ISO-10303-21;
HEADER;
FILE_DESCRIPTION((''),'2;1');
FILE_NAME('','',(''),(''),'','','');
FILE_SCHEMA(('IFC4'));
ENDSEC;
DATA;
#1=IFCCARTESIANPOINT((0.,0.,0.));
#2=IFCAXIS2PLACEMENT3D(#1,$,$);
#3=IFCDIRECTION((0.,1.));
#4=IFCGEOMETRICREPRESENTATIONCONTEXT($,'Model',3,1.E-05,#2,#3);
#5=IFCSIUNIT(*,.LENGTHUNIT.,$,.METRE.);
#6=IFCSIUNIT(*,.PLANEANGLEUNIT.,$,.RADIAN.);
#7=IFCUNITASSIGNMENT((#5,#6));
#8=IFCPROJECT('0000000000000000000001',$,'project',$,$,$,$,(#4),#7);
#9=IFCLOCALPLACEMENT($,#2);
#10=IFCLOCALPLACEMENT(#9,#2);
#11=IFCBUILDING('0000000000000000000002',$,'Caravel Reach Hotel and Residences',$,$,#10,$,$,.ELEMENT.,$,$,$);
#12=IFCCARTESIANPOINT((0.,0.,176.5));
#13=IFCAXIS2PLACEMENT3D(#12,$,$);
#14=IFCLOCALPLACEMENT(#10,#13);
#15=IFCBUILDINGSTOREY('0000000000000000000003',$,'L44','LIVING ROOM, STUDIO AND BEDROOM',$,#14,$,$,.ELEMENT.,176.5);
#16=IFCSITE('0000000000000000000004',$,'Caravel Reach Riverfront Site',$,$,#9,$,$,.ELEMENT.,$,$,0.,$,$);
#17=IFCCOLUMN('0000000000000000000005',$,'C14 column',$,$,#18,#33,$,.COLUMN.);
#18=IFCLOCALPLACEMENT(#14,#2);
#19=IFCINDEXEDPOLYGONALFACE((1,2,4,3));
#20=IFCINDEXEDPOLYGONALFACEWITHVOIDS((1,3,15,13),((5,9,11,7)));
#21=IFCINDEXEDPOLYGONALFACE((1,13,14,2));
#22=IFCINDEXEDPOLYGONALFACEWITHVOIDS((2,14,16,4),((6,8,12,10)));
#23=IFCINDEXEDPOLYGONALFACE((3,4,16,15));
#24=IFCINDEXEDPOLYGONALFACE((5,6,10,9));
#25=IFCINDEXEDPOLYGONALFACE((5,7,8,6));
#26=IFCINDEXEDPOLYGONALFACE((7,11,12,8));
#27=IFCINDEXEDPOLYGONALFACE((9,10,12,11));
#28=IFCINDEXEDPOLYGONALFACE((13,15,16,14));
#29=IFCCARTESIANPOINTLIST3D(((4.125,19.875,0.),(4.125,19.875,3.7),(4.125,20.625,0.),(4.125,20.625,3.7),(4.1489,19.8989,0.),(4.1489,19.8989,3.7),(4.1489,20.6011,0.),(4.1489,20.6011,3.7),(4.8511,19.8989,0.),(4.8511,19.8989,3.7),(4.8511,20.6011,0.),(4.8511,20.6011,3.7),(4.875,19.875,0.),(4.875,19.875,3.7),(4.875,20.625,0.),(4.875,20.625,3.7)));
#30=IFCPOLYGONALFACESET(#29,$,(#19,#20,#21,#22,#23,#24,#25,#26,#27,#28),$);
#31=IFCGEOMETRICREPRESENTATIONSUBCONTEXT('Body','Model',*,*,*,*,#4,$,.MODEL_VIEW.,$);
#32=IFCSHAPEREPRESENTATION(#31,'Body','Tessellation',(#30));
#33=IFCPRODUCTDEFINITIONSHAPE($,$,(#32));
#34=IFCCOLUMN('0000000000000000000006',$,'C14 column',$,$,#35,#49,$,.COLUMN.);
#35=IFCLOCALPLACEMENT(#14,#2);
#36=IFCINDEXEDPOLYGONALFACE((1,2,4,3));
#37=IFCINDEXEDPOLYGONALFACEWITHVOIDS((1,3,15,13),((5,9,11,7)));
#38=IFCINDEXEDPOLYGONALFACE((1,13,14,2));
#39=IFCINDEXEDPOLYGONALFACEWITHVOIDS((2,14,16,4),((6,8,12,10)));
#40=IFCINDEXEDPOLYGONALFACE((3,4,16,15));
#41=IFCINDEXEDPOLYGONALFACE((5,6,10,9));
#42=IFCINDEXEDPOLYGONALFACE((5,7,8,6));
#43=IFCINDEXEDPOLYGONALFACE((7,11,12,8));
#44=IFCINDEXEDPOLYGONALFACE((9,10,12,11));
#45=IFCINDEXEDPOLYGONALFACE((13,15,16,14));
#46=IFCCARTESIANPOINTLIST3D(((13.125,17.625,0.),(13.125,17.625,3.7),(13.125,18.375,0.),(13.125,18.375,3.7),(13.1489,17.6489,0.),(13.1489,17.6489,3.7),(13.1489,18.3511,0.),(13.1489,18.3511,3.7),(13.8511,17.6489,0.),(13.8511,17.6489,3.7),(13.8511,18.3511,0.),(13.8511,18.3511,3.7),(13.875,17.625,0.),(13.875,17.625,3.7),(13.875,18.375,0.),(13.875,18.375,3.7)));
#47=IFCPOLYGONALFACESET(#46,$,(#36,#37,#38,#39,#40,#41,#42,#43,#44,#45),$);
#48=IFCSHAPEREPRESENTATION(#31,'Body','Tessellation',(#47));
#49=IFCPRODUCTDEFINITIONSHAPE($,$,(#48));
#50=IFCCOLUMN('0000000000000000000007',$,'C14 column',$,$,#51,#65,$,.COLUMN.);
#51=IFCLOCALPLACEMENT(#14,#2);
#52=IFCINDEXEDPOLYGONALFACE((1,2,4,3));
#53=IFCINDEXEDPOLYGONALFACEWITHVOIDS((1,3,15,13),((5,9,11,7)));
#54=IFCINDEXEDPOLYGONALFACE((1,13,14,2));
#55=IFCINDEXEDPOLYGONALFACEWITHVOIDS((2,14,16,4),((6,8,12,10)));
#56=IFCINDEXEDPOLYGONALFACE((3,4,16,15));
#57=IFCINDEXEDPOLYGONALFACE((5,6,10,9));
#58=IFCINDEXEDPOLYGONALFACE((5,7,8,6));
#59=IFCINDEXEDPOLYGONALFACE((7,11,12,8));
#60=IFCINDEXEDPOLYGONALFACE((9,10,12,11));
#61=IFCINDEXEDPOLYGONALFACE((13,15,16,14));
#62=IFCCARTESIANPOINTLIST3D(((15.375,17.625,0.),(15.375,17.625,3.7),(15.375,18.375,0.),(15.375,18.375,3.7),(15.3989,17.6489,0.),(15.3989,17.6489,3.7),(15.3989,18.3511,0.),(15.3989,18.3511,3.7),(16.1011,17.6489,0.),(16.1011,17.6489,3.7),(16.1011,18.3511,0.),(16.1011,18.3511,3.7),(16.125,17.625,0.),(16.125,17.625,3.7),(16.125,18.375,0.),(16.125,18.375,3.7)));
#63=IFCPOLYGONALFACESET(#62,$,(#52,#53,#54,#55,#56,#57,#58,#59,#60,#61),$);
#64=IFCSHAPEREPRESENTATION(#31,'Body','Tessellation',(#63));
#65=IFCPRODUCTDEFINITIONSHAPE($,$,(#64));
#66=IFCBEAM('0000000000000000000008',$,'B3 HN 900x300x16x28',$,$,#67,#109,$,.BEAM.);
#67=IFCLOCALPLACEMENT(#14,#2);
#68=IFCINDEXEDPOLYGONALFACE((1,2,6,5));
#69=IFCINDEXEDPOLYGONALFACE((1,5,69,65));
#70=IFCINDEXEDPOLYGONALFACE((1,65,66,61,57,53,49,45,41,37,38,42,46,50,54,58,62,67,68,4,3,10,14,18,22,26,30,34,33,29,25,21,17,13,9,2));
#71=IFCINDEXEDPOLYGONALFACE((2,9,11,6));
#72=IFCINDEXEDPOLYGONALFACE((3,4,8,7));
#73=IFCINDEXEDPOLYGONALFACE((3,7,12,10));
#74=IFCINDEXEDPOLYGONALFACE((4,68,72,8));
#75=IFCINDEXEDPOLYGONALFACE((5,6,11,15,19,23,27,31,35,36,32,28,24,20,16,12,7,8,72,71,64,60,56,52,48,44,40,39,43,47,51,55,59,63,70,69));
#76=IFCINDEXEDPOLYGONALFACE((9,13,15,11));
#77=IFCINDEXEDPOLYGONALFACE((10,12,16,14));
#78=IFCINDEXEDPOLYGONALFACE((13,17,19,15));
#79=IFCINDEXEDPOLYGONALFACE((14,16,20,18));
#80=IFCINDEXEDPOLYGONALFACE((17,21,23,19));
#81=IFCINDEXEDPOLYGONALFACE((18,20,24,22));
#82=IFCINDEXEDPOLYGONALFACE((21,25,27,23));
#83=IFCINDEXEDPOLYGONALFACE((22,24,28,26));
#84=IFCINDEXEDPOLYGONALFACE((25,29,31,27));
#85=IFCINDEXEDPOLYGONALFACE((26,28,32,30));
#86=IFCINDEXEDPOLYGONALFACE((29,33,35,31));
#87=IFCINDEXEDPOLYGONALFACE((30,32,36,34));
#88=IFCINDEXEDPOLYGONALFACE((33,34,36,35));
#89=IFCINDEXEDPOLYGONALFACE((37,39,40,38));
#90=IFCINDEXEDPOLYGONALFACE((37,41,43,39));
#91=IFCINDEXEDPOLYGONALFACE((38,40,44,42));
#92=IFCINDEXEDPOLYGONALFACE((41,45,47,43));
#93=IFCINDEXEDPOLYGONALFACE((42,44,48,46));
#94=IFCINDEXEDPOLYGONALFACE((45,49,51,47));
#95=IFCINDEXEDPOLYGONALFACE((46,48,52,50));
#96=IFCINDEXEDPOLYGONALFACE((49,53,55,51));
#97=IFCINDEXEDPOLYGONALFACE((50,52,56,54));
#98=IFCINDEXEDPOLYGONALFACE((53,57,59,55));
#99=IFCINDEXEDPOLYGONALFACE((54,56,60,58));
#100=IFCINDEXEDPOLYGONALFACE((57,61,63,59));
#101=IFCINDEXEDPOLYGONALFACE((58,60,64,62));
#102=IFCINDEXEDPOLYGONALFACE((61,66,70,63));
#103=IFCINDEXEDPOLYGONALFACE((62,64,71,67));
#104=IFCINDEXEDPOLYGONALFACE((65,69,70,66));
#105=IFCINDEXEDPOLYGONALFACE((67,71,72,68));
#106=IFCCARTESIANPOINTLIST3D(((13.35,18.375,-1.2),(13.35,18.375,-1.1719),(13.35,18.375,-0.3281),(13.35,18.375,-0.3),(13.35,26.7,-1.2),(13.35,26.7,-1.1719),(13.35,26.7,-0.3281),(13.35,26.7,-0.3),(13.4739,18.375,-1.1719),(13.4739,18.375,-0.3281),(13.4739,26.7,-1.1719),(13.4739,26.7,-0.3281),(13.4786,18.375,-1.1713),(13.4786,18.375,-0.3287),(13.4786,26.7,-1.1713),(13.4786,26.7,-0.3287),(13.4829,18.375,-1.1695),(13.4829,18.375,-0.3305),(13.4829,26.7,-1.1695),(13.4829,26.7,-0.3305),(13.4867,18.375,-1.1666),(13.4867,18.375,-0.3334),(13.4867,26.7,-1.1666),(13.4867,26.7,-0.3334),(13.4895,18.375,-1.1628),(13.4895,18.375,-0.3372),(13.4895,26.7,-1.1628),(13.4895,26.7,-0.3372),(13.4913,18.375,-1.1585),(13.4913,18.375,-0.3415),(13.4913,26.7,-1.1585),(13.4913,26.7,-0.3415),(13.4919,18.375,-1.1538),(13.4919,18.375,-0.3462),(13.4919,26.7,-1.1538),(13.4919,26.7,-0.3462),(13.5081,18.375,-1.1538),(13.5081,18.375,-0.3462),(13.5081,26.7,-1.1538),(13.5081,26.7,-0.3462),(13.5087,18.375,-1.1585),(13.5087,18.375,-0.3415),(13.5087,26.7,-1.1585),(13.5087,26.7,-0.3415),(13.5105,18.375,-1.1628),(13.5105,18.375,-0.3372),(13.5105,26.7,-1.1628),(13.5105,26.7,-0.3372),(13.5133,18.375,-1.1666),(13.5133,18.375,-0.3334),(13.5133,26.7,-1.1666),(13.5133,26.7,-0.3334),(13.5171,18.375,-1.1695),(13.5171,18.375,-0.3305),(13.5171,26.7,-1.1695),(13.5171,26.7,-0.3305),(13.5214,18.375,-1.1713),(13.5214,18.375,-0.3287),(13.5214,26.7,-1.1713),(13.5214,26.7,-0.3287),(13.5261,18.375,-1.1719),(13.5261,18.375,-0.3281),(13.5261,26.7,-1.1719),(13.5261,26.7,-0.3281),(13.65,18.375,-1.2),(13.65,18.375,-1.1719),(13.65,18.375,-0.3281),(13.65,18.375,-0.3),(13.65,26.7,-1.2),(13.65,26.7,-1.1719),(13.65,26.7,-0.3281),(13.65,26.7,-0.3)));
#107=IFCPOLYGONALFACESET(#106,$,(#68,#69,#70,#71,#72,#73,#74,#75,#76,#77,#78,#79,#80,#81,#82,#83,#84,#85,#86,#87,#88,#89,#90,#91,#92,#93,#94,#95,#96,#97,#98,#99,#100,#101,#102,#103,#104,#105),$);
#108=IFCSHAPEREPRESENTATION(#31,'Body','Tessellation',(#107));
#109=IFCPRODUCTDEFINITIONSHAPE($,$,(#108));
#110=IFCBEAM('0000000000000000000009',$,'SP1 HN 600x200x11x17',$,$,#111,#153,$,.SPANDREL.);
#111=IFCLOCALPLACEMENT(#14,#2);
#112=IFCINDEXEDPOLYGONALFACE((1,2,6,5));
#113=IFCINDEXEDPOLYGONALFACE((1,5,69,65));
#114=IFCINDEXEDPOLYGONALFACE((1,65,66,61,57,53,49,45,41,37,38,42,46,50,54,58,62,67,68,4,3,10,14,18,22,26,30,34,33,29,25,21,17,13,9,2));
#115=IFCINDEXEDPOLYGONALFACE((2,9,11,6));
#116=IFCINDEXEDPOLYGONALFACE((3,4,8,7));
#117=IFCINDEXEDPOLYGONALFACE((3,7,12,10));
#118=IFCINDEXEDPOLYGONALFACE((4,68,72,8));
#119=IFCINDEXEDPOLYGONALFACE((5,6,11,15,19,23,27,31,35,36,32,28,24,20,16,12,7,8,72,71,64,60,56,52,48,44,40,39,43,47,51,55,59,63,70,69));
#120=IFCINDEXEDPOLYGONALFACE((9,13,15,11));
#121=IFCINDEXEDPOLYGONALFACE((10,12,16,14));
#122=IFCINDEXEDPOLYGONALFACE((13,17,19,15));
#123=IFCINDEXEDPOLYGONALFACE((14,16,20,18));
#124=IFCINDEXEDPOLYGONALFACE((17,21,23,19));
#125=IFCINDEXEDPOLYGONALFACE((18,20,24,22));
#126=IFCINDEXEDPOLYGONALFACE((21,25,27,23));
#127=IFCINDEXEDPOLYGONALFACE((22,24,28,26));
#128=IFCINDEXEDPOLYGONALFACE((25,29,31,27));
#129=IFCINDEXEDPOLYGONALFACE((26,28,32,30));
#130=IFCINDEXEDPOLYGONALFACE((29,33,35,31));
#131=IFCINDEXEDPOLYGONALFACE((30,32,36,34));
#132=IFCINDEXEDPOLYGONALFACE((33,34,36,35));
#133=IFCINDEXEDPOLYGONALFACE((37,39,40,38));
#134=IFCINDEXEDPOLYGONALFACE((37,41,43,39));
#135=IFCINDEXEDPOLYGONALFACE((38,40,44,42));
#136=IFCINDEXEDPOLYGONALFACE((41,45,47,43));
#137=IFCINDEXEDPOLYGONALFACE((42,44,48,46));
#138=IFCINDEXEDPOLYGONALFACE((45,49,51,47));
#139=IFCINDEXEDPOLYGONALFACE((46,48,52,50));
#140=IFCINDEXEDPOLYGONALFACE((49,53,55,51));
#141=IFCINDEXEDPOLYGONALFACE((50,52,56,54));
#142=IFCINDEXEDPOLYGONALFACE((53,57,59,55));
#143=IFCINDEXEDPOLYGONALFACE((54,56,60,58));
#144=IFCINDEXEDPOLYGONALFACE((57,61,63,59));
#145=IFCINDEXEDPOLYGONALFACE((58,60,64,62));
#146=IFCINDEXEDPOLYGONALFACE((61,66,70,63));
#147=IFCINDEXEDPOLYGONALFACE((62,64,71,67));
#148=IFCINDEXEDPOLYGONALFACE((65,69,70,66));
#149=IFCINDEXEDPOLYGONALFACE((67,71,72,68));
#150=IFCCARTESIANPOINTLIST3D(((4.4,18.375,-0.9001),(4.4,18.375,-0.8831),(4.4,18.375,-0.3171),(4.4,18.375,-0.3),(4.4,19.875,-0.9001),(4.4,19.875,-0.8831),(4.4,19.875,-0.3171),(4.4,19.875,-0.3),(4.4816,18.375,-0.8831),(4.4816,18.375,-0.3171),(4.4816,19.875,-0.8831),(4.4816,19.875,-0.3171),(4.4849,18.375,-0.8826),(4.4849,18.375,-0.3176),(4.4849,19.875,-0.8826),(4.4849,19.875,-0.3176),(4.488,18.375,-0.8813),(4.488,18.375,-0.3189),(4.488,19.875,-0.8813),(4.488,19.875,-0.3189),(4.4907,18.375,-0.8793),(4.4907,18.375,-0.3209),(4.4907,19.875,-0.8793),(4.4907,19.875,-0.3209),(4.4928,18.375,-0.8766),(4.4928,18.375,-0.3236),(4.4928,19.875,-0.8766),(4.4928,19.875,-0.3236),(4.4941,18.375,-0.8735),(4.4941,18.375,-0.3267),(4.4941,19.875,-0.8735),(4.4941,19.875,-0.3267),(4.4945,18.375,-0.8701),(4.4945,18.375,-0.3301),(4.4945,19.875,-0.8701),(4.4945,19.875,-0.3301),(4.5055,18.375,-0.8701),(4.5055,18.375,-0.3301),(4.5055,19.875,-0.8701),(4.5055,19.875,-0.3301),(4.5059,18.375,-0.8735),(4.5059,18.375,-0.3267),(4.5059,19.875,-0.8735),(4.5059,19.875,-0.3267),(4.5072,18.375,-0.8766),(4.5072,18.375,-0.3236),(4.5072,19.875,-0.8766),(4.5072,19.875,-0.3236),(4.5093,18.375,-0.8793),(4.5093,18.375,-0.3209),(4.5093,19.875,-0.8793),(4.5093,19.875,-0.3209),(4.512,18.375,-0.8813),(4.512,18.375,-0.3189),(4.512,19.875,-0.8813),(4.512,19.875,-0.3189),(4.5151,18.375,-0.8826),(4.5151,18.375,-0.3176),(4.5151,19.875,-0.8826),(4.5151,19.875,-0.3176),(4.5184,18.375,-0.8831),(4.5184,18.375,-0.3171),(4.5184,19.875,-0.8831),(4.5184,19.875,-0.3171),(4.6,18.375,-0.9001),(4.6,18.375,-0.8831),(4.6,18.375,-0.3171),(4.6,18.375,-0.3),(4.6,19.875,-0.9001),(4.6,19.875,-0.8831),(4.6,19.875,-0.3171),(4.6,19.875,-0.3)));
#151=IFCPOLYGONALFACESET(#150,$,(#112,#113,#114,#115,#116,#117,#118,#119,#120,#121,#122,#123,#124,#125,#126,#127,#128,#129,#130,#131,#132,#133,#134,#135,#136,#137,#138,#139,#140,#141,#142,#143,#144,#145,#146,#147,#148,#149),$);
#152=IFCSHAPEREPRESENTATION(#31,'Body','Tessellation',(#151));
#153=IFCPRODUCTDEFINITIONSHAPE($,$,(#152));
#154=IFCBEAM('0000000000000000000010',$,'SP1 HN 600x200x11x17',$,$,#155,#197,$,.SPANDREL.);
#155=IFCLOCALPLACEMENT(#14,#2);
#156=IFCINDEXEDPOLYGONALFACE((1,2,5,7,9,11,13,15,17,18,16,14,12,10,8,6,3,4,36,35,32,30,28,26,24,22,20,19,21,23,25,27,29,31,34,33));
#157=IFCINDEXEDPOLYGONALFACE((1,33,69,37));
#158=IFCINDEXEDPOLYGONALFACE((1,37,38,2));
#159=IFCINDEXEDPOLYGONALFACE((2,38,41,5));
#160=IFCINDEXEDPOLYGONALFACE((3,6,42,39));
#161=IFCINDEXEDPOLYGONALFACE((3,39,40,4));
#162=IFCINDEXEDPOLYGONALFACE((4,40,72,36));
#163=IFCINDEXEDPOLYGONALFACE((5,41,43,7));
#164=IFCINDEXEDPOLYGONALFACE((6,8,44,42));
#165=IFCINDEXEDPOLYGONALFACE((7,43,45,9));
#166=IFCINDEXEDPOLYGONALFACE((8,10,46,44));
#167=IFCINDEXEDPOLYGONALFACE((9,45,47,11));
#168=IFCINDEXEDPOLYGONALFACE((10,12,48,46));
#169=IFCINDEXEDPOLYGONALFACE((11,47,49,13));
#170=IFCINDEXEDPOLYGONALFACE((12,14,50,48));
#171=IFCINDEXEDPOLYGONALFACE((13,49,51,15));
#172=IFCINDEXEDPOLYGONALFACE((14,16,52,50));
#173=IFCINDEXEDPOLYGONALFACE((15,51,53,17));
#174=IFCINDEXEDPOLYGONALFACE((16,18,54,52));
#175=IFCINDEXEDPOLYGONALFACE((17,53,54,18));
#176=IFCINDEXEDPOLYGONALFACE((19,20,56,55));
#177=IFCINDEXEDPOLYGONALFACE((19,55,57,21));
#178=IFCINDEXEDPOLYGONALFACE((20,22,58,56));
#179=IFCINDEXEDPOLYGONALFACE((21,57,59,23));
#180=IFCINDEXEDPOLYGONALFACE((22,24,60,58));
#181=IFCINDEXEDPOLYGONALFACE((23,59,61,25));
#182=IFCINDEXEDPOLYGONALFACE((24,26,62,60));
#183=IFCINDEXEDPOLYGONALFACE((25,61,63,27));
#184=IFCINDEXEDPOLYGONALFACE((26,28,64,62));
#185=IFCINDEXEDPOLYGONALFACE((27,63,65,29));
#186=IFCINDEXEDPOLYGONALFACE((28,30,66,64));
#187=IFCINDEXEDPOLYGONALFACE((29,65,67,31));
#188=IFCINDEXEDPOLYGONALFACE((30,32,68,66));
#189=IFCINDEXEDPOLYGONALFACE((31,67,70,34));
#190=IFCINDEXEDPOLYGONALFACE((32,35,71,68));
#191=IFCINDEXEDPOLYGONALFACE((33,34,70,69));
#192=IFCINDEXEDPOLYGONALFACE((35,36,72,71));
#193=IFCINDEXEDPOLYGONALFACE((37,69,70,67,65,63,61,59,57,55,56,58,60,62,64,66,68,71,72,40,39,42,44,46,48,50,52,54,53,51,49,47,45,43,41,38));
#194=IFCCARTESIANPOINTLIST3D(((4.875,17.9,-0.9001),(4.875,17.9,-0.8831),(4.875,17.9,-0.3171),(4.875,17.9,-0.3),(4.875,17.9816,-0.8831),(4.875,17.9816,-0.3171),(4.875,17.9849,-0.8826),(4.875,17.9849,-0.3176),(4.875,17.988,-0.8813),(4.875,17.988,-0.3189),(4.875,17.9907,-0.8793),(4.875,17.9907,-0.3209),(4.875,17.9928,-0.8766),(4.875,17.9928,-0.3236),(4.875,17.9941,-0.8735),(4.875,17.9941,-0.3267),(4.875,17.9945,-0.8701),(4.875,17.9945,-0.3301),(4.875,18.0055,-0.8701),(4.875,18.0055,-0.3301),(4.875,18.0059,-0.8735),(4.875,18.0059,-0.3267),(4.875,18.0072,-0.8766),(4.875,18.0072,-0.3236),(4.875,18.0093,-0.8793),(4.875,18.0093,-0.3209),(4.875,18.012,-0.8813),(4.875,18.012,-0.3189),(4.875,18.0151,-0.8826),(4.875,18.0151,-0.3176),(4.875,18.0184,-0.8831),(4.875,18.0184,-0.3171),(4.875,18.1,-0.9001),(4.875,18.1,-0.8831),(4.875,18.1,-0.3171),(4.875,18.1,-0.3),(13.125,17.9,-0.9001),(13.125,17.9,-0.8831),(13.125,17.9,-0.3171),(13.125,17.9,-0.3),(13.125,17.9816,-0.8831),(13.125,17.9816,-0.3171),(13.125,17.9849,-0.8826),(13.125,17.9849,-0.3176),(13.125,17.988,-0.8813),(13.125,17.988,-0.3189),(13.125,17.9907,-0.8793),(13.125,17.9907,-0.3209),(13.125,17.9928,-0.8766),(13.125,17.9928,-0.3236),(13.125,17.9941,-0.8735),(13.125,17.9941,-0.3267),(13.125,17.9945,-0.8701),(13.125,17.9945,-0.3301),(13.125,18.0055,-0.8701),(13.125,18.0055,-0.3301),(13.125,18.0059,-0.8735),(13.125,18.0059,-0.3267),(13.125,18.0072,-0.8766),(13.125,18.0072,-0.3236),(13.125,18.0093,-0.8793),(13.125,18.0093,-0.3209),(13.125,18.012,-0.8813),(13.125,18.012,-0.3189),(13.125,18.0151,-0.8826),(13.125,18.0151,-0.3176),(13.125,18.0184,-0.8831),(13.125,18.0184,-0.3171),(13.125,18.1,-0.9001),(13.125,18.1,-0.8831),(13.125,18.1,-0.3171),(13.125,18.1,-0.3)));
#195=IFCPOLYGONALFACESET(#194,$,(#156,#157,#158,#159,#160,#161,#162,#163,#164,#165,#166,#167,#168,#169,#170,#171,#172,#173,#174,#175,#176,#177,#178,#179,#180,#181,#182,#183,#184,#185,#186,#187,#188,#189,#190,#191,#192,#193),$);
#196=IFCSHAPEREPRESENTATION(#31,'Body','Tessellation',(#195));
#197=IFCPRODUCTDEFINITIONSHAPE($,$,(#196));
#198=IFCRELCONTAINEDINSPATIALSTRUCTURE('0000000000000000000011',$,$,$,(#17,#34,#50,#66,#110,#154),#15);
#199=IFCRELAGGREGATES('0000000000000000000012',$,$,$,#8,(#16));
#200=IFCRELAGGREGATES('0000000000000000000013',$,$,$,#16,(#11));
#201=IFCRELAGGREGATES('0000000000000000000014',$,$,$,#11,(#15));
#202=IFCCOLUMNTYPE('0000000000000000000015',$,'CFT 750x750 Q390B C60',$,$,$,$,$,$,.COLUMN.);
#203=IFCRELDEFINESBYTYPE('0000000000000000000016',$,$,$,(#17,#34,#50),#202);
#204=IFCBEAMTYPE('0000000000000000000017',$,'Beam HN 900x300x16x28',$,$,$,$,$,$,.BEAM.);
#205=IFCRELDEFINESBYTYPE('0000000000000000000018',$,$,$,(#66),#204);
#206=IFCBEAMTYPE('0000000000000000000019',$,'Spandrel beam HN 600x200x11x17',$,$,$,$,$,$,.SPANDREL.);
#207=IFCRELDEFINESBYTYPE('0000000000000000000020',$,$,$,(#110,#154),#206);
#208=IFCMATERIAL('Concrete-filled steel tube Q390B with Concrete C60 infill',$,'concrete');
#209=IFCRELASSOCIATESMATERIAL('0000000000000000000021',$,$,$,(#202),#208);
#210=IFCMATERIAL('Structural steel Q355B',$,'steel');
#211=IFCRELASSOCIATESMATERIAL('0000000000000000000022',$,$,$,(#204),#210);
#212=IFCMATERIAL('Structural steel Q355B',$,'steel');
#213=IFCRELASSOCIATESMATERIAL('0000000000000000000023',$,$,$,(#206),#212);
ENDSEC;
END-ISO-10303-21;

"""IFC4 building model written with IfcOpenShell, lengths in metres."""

from ifc_helpers import new_model, si_unit, direction, frame, origin, origin_2d, place, context, subcontext, project, spatial, hollow_rectangle, i_section, extrude, material, material_profile, profile_set, type_object, element, save


model = new_model("IFC4")

# Units and contexts
model_context = context("Model", 3, precision=1e-05, world=origin(), true_north=direction((0.0, 1.0)))
body_context = subcontext(model_context, "Body", "Model", "MODEL_VIEW")
ifc_project = project(units=[si_unit("LENGTHUNIT", "METRE"), si_unit("PLANEANGLEUNIT", "RADIAN")], contexts=[model_context])

# Site, building, storey
site_placement = place(None, origin())
site = spatial("IfcSite", under=ifc_project, at=site_placement, Name="Caravel Reach Riverfront Site", CompositionType="ELEMENT", RefElevation=0.0)
building_placement = place(site_placement, origin())
building = spatial("IfcBuilding", under=site, at=building_placement, Name="Caravel Reach Hotel and Residences", CompositionType="ELEMENT")
storey_placement = place(building_placement, frame((0.0, 0.0, 176.5)))
storey = spatial("IfcBuildingStorey", under=building, at=storey_placement, Name="L44", Description="LIVING ROOM, STUDIO AND BEDROOM", CompositionType="ELEMENT", Elevation=176.5)

# Columns
ifc_material_1 = material(Name="Concrete-filled steel tube Q390B with Concrete C60 infill", Category="concrete")
ifc_material_profile_1 = material_profile(ifc_material_1, hollow_rectangle(XDim=0.75, YDim=0.75, WallThickness=0.0239, at=origin_2d()), Name="RHS 750x750x24")
ifc_profile_set_1 = profile_set([ifc_material_profile_1], Name="Concrete-filled steel tube Q390B with Concrete C60 infill")
column_type = type_object("IfcColumnType", Name="CFT 750x750 Q390B C60", PredefinedType="COLUMN", material=ifc_profile_set_1)
for number, where, z_axis, x_axis, name in (
    (1, (4.5, 20.25, 0.0), (0.0, 0.0, 1.0), (1.0, 0.0, 0.0), "C14 column"),
    (2, (13.5, 18.0, 0.0), (0.0, 0.0, 1.0), (1.0, 0.0, 0.0), "C14 column"),
    (3, (15.75, 18.0, 0.0), (0.0, 0.0, 1.0), (1.0, 0.0, 0.0), "C14 column"),
):
    element("IfcColumn", number, at=place(storey_placement, frame(where, z_axis=z_axis, x_axis=x_axis)), inside=storey, type_object=column_type, Name=name, PredefinedType="COLUMN", context=body_context, shape_type="SweptSolid", body=[
        extrude(hollow_rectangle(XDim=0.75, YDim=0.75, WallThickness=0.0239, at=origin_2d()), origin(), (0.0, 0.0, 1.0), 3.7),
    ])

# Beams
ifc_material_2 = material(Name="Structural steel Q355B", Category="steel")
ifc_material_profile_2 = material_profile(ifc_material_2, i_section(OverallWidth=0.3, OverallDepth=0.8999, WebThickness=0.0161, FlangeThickness=0.0281, FilletRadius=0.0181, at=origin_2d()), Name="HN 900x300x16x28")
ifc_profile_set_2 = profile_set([ifc_material_profile_2], Name="Structural steel Q355B")
beam_type_1 = type_object("IfcBeamType", Name="Beam HN 900x300x16x28", PredefinedType="BEAM", material=ifc_profile_set_2)
beam_1_placement = place(storey_placement, frame((13.5, 18.375, -0.75), z_axis=(0.0, 1.0, 0.0), x_axis=(-1.0, 0.0, 0.0)))
element("IfcBeam", 4, at=beam_1_placement, inside=storey, type_object=beam_type_1, Name="B3 HN 900x300x16x28", PredefinedType="BEAM", context=body_context, shape_type="SweptSolid", body=[
    extrude(i_section(OverallWidth=0.3, OverallDepth=0.8999, WebThickness=0.0161, FlangeThickness=0.0281, FilletRadius=0.0181, at=origin_2d()), origin(), (0.0, 0.0, 1.0), 8.325),
])
ifc_material_3 = material(Name="Structural steel Q355B", Category="steel")
ifc_material_profile_3 = material_profile(ifc_material_3, i_section(OverallWidth=0.2, OverallDepth=0.6001, WebThickness=0.011, FlangeThickness=0.0171, FilletRadius=0.0129, at=origin_2d()), Name="HN 600x200x11x17")
ifc_profile_set_3 = profile_set([ifc_material_profile_3], Name="Structural steel Q355B")
beam_type_2 = type_object("IfcBeamType", Name="Spandrel beam HN 600x200x11x17", PredefinedType="SPANDREL", material=ifc_profile_set_3)
beam_2_placement = place(storey_placement, frame((4.5, 19.875, -0.6001), z_axis=(0.0, -1.0, 0.0), x_axis=(1.0, 0.0, 0.0)))
element("IfcBeam", 5, at=beam_2_placement, inside=storey, type_object=beam_type_2, Name="SP1 HN 600x200x11x17", PredefinedType="SPANDREL", context=body_context, shape_type="SweptSolid", body=[
    extrude(i_section(OverallWidth=0.2, OverallDepth=0.6001, WebThickness=0.011, FlangeThickness=0.0171, FilletRadius=0.0129, at=origin_2d()), origin(), (0.0, 0.0, 1.0), 1.5),
])
beam_3_placement = place(storey_placement, frame((4.875, 18.0, -0.6001), z_axis=(1.0, 0.0, 0.0), x_axis=(0.0, 1.0, 0.0)))
element("IfcBeam", 6, at=beam_3_placement, inside=storey, type_object=beam_type_2, Name="SP1 HN 600x200x11x17", PredefinedType="SPANDREL", context=body_context, shape_type="SweptSolid", body=[
    extrude(i_section(OverallWidth=0.2, OverallDepth=0.6001, WebThickness=0.011, FlangeThickness=0.0171, FilletRadius=0.0129, at=origin_2d()), origin(), (0.0, 0.0, 1.0), 8.25),
])

save(model, "model.ifc")
